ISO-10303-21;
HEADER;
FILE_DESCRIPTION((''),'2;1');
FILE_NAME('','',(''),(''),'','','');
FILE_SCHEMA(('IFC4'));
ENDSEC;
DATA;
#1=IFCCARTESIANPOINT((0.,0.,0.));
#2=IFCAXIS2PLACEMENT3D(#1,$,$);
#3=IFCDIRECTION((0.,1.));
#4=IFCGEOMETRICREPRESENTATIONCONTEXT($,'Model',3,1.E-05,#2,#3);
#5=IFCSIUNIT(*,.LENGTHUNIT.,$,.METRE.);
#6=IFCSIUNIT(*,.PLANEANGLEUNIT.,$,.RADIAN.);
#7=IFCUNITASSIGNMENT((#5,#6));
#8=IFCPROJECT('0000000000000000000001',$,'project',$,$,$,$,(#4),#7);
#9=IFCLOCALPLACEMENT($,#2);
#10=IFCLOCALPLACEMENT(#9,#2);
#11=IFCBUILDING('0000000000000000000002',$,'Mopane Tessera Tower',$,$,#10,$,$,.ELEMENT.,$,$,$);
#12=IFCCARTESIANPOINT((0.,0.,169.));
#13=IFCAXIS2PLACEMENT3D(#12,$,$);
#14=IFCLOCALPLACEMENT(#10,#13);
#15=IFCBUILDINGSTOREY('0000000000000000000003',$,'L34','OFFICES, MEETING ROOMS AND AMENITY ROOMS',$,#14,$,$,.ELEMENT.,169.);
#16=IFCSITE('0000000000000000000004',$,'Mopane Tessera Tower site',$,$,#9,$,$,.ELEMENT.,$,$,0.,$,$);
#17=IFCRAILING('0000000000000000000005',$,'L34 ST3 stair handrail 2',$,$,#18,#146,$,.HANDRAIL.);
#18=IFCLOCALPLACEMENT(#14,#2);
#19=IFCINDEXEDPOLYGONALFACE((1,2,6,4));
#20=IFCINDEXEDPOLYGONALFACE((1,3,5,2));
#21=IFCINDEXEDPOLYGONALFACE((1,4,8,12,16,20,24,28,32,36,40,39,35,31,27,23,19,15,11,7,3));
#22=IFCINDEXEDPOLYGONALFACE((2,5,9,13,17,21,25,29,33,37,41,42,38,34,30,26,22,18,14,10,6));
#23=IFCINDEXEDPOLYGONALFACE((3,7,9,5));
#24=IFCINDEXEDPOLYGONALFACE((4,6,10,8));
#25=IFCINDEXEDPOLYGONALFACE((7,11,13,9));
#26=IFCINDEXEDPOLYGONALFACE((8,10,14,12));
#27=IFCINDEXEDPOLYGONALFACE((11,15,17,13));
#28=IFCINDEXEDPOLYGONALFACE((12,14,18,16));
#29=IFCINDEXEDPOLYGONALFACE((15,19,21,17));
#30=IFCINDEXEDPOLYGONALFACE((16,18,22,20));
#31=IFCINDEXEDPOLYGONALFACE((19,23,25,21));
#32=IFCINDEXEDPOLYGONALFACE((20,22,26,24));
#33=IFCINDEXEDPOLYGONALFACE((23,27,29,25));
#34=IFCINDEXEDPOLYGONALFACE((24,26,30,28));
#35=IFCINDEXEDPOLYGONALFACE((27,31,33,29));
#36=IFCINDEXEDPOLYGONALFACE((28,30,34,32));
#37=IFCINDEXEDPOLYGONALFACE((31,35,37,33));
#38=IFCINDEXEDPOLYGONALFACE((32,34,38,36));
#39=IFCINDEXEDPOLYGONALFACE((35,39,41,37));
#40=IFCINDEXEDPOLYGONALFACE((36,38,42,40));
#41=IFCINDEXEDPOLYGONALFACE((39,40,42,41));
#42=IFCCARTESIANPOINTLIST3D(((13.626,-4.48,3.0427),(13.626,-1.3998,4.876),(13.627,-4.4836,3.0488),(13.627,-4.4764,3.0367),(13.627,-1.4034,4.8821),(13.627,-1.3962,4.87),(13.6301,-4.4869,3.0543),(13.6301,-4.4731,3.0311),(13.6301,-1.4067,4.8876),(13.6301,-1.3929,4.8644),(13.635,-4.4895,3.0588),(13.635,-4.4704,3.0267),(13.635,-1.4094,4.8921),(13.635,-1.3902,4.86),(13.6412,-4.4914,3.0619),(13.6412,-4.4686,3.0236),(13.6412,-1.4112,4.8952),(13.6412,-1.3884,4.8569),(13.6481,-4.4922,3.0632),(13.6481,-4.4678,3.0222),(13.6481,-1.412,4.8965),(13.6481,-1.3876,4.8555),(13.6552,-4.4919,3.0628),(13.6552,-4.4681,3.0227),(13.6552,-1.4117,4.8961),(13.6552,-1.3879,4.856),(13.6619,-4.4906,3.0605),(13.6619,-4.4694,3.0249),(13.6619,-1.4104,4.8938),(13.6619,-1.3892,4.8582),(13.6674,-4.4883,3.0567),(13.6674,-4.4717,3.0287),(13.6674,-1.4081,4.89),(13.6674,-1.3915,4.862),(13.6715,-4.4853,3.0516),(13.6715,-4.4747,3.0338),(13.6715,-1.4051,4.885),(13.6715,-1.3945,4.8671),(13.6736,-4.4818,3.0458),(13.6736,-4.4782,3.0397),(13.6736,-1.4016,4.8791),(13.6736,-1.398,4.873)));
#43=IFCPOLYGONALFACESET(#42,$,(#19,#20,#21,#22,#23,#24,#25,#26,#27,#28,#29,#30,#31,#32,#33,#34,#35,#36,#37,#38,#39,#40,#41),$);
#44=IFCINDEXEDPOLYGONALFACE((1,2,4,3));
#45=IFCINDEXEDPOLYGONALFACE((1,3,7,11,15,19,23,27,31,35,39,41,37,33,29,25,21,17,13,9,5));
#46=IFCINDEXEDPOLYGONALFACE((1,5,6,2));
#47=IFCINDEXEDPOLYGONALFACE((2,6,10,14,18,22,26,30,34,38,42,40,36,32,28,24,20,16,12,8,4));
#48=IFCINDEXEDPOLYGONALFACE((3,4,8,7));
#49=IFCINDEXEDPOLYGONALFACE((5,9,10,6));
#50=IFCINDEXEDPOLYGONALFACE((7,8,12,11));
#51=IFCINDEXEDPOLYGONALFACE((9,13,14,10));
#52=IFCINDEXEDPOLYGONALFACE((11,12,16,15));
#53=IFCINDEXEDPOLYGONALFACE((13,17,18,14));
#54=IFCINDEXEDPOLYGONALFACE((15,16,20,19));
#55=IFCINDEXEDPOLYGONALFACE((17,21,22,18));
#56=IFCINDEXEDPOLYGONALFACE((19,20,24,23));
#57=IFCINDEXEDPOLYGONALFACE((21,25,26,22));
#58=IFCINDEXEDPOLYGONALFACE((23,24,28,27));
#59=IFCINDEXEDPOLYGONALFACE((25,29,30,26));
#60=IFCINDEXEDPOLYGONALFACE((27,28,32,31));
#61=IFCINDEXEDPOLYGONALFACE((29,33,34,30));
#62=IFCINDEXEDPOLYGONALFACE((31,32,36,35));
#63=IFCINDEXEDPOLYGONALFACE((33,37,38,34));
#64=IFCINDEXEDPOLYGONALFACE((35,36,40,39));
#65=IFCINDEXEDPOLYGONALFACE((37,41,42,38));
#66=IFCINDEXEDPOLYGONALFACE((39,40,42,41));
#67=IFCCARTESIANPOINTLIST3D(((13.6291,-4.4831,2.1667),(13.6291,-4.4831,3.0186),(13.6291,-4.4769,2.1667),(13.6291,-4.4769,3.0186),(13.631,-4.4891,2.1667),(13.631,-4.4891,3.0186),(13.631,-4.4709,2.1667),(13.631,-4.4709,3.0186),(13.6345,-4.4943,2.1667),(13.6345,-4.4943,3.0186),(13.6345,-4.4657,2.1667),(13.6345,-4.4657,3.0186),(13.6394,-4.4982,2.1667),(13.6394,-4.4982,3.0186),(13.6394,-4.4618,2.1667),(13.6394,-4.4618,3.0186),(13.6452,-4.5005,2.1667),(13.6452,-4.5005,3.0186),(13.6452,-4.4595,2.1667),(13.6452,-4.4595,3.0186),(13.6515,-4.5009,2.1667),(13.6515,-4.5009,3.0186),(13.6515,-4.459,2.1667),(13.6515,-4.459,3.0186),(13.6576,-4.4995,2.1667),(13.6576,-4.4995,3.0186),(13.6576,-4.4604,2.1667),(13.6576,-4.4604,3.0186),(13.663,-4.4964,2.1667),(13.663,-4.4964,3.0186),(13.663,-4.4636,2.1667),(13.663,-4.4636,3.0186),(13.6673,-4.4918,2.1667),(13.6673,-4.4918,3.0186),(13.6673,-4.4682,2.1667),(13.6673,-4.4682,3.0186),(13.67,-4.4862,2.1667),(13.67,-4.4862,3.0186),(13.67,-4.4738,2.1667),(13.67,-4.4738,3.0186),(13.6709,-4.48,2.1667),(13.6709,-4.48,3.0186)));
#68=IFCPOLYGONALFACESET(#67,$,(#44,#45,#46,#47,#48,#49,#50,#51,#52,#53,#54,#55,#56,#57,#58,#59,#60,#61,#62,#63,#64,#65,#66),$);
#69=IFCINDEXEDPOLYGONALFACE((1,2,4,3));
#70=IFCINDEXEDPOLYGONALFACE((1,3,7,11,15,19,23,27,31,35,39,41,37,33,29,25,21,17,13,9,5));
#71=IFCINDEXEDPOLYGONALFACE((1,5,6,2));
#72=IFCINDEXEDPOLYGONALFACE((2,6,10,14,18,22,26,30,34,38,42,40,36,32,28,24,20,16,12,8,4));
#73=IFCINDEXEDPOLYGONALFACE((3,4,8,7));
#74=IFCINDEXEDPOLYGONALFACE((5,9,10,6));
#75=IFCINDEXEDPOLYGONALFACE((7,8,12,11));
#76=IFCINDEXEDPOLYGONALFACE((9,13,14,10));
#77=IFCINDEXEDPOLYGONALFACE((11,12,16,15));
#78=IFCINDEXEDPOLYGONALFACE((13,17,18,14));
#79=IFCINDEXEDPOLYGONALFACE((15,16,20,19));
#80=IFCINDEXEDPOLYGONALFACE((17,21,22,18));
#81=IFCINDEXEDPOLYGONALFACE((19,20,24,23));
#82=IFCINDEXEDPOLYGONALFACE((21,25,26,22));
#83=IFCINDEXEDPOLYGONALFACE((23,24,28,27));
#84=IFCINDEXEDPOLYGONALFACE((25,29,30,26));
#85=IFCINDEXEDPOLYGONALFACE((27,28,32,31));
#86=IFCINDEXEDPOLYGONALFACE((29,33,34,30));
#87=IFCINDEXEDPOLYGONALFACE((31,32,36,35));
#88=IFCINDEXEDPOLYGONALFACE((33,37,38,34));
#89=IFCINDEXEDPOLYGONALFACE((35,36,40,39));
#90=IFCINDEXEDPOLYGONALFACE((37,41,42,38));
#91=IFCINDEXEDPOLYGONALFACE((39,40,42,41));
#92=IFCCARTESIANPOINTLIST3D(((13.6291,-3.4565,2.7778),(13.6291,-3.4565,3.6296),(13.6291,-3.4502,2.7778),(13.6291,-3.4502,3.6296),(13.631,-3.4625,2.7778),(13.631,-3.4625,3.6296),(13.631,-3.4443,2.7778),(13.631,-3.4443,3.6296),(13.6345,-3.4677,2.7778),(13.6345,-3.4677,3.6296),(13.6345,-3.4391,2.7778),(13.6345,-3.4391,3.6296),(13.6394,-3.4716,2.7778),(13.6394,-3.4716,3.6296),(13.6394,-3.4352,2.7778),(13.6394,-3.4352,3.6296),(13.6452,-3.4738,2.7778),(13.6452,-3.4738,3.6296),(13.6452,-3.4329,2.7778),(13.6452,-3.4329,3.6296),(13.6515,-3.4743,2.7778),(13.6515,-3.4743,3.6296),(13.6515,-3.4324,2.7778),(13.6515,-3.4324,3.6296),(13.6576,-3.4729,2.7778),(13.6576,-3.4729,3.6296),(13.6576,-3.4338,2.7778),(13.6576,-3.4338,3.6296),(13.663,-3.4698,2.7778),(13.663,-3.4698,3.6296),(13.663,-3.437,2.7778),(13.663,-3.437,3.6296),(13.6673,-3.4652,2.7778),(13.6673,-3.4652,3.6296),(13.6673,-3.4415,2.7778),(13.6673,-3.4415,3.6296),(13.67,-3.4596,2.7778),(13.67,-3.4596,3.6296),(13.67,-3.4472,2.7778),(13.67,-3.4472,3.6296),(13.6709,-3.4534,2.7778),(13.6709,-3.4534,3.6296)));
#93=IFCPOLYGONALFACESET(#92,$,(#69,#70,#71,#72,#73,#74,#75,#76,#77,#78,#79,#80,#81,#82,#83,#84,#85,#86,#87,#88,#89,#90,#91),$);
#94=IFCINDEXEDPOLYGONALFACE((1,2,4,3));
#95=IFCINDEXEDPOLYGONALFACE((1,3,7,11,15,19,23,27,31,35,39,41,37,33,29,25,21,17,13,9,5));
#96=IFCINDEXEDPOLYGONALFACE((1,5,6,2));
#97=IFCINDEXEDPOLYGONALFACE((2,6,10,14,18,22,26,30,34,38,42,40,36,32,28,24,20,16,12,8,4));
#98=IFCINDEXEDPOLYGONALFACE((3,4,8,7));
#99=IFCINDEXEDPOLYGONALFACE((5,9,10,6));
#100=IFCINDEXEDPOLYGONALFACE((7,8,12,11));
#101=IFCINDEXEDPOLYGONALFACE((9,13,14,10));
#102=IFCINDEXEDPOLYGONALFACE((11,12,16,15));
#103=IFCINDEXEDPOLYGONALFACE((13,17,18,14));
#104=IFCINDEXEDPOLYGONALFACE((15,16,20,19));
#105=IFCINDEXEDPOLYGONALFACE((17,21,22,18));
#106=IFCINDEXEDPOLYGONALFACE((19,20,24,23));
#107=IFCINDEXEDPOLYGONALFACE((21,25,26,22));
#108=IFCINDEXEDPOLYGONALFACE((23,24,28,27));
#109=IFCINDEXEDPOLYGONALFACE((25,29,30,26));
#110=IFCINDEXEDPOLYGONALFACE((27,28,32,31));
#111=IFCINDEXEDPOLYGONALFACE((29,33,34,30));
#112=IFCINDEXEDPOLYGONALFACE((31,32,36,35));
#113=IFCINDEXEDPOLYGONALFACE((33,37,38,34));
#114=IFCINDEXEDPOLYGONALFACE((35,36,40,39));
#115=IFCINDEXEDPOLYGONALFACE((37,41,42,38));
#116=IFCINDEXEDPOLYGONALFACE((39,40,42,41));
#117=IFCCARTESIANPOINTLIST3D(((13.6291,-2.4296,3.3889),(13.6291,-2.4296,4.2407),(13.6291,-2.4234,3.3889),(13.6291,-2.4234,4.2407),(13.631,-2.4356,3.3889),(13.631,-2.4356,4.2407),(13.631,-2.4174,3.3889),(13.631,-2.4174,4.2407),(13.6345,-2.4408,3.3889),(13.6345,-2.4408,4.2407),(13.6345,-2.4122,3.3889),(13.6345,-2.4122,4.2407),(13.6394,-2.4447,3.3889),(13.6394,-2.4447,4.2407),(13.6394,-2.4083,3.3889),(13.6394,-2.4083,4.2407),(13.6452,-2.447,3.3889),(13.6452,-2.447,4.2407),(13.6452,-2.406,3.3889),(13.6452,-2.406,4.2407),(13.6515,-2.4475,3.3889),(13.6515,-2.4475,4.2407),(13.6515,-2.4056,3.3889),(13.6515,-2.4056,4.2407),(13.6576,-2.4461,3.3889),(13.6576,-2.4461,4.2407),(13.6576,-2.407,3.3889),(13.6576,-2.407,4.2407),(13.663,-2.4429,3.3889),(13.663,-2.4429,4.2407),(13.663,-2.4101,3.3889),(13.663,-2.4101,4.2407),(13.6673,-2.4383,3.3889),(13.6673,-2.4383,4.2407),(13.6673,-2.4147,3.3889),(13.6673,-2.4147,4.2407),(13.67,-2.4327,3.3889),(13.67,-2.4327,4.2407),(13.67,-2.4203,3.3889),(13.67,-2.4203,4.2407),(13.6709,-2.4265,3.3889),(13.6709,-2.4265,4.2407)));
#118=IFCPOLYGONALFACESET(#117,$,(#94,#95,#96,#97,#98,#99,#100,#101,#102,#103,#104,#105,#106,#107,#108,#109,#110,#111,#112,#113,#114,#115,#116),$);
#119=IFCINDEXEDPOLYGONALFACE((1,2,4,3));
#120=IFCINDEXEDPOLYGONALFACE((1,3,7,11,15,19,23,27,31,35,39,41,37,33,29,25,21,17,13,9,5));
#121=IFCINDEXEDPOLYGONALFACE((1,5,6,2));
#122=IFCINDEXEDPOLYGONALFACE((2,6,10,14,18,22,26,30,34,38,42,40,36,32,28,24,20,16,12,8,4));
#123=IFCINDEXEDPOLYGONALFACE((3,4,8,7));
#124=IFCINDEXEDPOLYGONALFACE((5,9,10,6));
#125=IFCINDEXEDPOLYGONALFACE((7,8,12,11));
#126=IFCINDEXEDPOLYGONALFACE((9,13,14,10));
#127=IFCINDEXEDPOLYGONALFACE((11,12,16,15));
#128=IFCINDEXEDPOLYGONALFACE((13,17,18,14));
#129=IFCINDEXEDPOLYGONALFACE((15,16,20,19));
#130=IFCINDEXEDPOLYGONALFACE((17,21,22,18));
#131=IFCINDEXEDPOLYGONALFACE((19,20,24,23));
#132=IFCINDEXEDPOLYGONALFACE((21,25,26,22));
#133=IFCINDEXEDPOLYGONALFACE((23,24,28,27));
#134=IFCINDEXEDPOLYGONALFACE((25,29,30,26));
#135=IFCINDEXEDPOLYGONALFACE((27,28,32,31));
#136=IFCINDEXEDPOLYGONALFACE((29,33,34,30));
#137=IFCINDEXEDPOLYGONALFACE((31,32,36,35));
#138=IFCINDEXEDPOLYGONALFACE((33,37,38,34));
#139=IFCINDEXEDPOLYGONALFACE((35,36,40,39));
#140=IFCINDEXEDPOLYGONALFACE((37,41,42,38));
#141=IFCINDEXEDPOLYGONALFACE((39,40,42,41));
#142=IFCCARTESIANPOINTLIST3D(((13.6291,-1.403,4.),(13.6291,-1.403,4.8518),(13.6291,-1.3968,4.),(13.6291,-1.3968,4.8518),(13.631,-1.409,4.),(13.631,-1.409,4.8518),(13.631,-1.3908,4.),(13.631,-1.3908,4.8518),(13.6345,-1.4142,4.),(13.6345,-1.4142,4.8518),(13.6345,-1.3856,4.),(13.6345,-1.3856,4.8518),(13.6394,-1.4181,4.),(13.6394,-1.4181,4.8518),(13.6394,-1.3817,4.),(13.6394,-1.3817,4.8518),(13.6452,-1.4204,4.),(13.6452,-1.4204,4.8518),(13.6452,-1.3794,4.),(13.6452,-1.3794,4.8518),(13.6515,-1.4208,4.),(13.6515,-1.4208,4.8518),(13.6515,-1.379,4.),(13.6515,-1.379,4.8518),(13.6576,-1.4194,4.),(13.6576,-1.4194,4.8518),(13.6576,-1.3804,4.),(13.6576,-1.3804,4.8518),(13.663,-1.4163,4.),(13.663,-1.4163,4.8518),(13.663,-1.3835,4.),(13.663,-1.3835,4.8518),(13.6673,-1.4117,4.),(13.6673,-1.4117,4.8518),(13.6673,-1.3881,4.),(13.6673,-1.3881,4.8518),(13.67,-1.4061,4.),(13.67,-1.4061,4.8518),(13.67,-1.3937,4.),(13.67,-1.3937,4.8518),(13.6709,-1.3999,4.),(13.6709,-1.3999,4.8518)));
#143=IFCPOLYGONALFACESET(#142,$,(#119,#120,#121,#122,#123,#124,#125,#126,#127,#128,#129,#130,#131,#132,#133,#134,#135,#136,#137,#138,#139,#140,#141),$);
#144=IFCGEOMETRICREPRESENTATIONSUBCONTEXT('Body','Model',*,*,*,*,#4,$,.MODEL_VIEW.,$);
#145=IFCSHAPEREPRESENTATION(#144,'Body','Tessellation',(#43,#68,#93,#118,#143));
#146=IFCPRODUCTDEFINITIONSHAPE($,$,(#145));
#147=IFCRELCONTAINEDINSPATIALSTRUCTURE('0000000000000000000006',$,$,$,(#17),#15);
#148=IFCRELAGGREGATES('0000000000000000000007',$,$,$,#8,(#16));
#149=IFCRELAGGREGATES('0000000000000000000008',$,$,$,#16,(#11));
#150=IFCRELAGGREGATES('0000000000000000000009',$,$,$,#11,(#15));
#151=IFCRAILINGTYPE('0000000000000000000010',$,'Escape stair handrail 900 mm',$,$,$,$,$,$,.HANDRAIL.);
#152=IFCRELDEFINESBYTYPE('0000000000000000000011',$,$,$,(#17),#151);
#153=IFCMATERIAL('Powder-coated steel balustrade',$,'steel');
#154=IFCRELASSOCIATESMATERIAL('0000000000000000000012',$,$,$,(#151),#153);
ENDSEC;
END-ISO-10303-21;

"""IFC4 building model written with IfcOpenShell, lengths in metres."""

from ifc_helpers import new_model, si_unit, direction, frame, origin, origin_2d, place, context, subcontext, project, spatial, circle, extrude, material, type_object, element, save


model = new_model("IFC4")

# Units and contexts
model_context = context("Model", 3, precision=1e-05, world=origin(), true_north=direction((0.0, 1.0)))
body_context = subcontext(model_context, "Body", "Model", "MODEL_VIEW")
ifc_project = project(units=[si_unit("LENGTHUNIT", "METRE"), si_unit("PLANEANGLEUNIT", "RADIAN")], contexts=[model_context])

# Site, building, storey
site_placement = place(None, origin())
site = spatial("IfcSite", under=ifc_project, at=site_placement, Name="Mopane Tessera Tower site", CompositionType="ELEMENT", RefElevation=0.0)
building_placement = place(site_placement, origin())
building = spatial("IfcBuilding", under=site, at=building_placement, Name="Mopane Tessera Tower", CompositionType="ELEMENT")
storey_placement = place(building_placement, frame((0.0, 0.0, 169.0)))
storey = spatial("IfcBuildingStorey", under=building, at=storey_placement, Name="L34", Description="OFFICES, MEETING ROOMS AND AMENITY ROOMS", CompositionType="ELEMENT", Elevation=169.0)

# Railing
ifc_material_1 = material(Name="Powder-coated steel balustrade", Category="steel")
railing_type_1 = type_object("IfcRailingType", Name="Escape stair handrail 900 mm", PredefinedType="HANDRAIL", material=ifc_material_1)
railing_1_placement = place(storey_placement, frame((13.6499, -4.48, 2.1667)))
element("IfcRailing", 1, at=railing_1_placement, inside=storey, type_object=railing_type_1, Name="L34 ST3 stair handrail 2", PredefinedType="HANDRAIL", context=body_context, shape_type="SweptSolid", body=[
    extrude(circle(Radius=0.0239, at=origin_2d()), frame((0.0, 0.0, 0.876), z_axis=(0.0, 0.859309, 0.511458), x_axis=(-1.0, 0.0, 0.0)), (0.0, 0.0, 1.0), 3.5845),
    extrude(circle(Radius=0.021, at=origin_2d()), origin(), (0.0, 0.0, 1.0), 0.8518),
    extrude(circle(Radius=0.021, at=origin_2d()), frame((0.0, 1.0266, 0.6111)), (0.0, 0.0, 1.0), 0.8518),
    extrude(circle(Radius=0.021, at=origin_2d()), frame((0.0, 2.0535, 1.2222)), (0.0, 0.0, 1.0), 0.8518),
    extrude(circle(Radius=0.021, at=origin_2d()), frame((0.0, 3.0801, 1.8333)), (0.0, 0.0, 1.0), 0.8518),
])

save(model, "model.ifc")
